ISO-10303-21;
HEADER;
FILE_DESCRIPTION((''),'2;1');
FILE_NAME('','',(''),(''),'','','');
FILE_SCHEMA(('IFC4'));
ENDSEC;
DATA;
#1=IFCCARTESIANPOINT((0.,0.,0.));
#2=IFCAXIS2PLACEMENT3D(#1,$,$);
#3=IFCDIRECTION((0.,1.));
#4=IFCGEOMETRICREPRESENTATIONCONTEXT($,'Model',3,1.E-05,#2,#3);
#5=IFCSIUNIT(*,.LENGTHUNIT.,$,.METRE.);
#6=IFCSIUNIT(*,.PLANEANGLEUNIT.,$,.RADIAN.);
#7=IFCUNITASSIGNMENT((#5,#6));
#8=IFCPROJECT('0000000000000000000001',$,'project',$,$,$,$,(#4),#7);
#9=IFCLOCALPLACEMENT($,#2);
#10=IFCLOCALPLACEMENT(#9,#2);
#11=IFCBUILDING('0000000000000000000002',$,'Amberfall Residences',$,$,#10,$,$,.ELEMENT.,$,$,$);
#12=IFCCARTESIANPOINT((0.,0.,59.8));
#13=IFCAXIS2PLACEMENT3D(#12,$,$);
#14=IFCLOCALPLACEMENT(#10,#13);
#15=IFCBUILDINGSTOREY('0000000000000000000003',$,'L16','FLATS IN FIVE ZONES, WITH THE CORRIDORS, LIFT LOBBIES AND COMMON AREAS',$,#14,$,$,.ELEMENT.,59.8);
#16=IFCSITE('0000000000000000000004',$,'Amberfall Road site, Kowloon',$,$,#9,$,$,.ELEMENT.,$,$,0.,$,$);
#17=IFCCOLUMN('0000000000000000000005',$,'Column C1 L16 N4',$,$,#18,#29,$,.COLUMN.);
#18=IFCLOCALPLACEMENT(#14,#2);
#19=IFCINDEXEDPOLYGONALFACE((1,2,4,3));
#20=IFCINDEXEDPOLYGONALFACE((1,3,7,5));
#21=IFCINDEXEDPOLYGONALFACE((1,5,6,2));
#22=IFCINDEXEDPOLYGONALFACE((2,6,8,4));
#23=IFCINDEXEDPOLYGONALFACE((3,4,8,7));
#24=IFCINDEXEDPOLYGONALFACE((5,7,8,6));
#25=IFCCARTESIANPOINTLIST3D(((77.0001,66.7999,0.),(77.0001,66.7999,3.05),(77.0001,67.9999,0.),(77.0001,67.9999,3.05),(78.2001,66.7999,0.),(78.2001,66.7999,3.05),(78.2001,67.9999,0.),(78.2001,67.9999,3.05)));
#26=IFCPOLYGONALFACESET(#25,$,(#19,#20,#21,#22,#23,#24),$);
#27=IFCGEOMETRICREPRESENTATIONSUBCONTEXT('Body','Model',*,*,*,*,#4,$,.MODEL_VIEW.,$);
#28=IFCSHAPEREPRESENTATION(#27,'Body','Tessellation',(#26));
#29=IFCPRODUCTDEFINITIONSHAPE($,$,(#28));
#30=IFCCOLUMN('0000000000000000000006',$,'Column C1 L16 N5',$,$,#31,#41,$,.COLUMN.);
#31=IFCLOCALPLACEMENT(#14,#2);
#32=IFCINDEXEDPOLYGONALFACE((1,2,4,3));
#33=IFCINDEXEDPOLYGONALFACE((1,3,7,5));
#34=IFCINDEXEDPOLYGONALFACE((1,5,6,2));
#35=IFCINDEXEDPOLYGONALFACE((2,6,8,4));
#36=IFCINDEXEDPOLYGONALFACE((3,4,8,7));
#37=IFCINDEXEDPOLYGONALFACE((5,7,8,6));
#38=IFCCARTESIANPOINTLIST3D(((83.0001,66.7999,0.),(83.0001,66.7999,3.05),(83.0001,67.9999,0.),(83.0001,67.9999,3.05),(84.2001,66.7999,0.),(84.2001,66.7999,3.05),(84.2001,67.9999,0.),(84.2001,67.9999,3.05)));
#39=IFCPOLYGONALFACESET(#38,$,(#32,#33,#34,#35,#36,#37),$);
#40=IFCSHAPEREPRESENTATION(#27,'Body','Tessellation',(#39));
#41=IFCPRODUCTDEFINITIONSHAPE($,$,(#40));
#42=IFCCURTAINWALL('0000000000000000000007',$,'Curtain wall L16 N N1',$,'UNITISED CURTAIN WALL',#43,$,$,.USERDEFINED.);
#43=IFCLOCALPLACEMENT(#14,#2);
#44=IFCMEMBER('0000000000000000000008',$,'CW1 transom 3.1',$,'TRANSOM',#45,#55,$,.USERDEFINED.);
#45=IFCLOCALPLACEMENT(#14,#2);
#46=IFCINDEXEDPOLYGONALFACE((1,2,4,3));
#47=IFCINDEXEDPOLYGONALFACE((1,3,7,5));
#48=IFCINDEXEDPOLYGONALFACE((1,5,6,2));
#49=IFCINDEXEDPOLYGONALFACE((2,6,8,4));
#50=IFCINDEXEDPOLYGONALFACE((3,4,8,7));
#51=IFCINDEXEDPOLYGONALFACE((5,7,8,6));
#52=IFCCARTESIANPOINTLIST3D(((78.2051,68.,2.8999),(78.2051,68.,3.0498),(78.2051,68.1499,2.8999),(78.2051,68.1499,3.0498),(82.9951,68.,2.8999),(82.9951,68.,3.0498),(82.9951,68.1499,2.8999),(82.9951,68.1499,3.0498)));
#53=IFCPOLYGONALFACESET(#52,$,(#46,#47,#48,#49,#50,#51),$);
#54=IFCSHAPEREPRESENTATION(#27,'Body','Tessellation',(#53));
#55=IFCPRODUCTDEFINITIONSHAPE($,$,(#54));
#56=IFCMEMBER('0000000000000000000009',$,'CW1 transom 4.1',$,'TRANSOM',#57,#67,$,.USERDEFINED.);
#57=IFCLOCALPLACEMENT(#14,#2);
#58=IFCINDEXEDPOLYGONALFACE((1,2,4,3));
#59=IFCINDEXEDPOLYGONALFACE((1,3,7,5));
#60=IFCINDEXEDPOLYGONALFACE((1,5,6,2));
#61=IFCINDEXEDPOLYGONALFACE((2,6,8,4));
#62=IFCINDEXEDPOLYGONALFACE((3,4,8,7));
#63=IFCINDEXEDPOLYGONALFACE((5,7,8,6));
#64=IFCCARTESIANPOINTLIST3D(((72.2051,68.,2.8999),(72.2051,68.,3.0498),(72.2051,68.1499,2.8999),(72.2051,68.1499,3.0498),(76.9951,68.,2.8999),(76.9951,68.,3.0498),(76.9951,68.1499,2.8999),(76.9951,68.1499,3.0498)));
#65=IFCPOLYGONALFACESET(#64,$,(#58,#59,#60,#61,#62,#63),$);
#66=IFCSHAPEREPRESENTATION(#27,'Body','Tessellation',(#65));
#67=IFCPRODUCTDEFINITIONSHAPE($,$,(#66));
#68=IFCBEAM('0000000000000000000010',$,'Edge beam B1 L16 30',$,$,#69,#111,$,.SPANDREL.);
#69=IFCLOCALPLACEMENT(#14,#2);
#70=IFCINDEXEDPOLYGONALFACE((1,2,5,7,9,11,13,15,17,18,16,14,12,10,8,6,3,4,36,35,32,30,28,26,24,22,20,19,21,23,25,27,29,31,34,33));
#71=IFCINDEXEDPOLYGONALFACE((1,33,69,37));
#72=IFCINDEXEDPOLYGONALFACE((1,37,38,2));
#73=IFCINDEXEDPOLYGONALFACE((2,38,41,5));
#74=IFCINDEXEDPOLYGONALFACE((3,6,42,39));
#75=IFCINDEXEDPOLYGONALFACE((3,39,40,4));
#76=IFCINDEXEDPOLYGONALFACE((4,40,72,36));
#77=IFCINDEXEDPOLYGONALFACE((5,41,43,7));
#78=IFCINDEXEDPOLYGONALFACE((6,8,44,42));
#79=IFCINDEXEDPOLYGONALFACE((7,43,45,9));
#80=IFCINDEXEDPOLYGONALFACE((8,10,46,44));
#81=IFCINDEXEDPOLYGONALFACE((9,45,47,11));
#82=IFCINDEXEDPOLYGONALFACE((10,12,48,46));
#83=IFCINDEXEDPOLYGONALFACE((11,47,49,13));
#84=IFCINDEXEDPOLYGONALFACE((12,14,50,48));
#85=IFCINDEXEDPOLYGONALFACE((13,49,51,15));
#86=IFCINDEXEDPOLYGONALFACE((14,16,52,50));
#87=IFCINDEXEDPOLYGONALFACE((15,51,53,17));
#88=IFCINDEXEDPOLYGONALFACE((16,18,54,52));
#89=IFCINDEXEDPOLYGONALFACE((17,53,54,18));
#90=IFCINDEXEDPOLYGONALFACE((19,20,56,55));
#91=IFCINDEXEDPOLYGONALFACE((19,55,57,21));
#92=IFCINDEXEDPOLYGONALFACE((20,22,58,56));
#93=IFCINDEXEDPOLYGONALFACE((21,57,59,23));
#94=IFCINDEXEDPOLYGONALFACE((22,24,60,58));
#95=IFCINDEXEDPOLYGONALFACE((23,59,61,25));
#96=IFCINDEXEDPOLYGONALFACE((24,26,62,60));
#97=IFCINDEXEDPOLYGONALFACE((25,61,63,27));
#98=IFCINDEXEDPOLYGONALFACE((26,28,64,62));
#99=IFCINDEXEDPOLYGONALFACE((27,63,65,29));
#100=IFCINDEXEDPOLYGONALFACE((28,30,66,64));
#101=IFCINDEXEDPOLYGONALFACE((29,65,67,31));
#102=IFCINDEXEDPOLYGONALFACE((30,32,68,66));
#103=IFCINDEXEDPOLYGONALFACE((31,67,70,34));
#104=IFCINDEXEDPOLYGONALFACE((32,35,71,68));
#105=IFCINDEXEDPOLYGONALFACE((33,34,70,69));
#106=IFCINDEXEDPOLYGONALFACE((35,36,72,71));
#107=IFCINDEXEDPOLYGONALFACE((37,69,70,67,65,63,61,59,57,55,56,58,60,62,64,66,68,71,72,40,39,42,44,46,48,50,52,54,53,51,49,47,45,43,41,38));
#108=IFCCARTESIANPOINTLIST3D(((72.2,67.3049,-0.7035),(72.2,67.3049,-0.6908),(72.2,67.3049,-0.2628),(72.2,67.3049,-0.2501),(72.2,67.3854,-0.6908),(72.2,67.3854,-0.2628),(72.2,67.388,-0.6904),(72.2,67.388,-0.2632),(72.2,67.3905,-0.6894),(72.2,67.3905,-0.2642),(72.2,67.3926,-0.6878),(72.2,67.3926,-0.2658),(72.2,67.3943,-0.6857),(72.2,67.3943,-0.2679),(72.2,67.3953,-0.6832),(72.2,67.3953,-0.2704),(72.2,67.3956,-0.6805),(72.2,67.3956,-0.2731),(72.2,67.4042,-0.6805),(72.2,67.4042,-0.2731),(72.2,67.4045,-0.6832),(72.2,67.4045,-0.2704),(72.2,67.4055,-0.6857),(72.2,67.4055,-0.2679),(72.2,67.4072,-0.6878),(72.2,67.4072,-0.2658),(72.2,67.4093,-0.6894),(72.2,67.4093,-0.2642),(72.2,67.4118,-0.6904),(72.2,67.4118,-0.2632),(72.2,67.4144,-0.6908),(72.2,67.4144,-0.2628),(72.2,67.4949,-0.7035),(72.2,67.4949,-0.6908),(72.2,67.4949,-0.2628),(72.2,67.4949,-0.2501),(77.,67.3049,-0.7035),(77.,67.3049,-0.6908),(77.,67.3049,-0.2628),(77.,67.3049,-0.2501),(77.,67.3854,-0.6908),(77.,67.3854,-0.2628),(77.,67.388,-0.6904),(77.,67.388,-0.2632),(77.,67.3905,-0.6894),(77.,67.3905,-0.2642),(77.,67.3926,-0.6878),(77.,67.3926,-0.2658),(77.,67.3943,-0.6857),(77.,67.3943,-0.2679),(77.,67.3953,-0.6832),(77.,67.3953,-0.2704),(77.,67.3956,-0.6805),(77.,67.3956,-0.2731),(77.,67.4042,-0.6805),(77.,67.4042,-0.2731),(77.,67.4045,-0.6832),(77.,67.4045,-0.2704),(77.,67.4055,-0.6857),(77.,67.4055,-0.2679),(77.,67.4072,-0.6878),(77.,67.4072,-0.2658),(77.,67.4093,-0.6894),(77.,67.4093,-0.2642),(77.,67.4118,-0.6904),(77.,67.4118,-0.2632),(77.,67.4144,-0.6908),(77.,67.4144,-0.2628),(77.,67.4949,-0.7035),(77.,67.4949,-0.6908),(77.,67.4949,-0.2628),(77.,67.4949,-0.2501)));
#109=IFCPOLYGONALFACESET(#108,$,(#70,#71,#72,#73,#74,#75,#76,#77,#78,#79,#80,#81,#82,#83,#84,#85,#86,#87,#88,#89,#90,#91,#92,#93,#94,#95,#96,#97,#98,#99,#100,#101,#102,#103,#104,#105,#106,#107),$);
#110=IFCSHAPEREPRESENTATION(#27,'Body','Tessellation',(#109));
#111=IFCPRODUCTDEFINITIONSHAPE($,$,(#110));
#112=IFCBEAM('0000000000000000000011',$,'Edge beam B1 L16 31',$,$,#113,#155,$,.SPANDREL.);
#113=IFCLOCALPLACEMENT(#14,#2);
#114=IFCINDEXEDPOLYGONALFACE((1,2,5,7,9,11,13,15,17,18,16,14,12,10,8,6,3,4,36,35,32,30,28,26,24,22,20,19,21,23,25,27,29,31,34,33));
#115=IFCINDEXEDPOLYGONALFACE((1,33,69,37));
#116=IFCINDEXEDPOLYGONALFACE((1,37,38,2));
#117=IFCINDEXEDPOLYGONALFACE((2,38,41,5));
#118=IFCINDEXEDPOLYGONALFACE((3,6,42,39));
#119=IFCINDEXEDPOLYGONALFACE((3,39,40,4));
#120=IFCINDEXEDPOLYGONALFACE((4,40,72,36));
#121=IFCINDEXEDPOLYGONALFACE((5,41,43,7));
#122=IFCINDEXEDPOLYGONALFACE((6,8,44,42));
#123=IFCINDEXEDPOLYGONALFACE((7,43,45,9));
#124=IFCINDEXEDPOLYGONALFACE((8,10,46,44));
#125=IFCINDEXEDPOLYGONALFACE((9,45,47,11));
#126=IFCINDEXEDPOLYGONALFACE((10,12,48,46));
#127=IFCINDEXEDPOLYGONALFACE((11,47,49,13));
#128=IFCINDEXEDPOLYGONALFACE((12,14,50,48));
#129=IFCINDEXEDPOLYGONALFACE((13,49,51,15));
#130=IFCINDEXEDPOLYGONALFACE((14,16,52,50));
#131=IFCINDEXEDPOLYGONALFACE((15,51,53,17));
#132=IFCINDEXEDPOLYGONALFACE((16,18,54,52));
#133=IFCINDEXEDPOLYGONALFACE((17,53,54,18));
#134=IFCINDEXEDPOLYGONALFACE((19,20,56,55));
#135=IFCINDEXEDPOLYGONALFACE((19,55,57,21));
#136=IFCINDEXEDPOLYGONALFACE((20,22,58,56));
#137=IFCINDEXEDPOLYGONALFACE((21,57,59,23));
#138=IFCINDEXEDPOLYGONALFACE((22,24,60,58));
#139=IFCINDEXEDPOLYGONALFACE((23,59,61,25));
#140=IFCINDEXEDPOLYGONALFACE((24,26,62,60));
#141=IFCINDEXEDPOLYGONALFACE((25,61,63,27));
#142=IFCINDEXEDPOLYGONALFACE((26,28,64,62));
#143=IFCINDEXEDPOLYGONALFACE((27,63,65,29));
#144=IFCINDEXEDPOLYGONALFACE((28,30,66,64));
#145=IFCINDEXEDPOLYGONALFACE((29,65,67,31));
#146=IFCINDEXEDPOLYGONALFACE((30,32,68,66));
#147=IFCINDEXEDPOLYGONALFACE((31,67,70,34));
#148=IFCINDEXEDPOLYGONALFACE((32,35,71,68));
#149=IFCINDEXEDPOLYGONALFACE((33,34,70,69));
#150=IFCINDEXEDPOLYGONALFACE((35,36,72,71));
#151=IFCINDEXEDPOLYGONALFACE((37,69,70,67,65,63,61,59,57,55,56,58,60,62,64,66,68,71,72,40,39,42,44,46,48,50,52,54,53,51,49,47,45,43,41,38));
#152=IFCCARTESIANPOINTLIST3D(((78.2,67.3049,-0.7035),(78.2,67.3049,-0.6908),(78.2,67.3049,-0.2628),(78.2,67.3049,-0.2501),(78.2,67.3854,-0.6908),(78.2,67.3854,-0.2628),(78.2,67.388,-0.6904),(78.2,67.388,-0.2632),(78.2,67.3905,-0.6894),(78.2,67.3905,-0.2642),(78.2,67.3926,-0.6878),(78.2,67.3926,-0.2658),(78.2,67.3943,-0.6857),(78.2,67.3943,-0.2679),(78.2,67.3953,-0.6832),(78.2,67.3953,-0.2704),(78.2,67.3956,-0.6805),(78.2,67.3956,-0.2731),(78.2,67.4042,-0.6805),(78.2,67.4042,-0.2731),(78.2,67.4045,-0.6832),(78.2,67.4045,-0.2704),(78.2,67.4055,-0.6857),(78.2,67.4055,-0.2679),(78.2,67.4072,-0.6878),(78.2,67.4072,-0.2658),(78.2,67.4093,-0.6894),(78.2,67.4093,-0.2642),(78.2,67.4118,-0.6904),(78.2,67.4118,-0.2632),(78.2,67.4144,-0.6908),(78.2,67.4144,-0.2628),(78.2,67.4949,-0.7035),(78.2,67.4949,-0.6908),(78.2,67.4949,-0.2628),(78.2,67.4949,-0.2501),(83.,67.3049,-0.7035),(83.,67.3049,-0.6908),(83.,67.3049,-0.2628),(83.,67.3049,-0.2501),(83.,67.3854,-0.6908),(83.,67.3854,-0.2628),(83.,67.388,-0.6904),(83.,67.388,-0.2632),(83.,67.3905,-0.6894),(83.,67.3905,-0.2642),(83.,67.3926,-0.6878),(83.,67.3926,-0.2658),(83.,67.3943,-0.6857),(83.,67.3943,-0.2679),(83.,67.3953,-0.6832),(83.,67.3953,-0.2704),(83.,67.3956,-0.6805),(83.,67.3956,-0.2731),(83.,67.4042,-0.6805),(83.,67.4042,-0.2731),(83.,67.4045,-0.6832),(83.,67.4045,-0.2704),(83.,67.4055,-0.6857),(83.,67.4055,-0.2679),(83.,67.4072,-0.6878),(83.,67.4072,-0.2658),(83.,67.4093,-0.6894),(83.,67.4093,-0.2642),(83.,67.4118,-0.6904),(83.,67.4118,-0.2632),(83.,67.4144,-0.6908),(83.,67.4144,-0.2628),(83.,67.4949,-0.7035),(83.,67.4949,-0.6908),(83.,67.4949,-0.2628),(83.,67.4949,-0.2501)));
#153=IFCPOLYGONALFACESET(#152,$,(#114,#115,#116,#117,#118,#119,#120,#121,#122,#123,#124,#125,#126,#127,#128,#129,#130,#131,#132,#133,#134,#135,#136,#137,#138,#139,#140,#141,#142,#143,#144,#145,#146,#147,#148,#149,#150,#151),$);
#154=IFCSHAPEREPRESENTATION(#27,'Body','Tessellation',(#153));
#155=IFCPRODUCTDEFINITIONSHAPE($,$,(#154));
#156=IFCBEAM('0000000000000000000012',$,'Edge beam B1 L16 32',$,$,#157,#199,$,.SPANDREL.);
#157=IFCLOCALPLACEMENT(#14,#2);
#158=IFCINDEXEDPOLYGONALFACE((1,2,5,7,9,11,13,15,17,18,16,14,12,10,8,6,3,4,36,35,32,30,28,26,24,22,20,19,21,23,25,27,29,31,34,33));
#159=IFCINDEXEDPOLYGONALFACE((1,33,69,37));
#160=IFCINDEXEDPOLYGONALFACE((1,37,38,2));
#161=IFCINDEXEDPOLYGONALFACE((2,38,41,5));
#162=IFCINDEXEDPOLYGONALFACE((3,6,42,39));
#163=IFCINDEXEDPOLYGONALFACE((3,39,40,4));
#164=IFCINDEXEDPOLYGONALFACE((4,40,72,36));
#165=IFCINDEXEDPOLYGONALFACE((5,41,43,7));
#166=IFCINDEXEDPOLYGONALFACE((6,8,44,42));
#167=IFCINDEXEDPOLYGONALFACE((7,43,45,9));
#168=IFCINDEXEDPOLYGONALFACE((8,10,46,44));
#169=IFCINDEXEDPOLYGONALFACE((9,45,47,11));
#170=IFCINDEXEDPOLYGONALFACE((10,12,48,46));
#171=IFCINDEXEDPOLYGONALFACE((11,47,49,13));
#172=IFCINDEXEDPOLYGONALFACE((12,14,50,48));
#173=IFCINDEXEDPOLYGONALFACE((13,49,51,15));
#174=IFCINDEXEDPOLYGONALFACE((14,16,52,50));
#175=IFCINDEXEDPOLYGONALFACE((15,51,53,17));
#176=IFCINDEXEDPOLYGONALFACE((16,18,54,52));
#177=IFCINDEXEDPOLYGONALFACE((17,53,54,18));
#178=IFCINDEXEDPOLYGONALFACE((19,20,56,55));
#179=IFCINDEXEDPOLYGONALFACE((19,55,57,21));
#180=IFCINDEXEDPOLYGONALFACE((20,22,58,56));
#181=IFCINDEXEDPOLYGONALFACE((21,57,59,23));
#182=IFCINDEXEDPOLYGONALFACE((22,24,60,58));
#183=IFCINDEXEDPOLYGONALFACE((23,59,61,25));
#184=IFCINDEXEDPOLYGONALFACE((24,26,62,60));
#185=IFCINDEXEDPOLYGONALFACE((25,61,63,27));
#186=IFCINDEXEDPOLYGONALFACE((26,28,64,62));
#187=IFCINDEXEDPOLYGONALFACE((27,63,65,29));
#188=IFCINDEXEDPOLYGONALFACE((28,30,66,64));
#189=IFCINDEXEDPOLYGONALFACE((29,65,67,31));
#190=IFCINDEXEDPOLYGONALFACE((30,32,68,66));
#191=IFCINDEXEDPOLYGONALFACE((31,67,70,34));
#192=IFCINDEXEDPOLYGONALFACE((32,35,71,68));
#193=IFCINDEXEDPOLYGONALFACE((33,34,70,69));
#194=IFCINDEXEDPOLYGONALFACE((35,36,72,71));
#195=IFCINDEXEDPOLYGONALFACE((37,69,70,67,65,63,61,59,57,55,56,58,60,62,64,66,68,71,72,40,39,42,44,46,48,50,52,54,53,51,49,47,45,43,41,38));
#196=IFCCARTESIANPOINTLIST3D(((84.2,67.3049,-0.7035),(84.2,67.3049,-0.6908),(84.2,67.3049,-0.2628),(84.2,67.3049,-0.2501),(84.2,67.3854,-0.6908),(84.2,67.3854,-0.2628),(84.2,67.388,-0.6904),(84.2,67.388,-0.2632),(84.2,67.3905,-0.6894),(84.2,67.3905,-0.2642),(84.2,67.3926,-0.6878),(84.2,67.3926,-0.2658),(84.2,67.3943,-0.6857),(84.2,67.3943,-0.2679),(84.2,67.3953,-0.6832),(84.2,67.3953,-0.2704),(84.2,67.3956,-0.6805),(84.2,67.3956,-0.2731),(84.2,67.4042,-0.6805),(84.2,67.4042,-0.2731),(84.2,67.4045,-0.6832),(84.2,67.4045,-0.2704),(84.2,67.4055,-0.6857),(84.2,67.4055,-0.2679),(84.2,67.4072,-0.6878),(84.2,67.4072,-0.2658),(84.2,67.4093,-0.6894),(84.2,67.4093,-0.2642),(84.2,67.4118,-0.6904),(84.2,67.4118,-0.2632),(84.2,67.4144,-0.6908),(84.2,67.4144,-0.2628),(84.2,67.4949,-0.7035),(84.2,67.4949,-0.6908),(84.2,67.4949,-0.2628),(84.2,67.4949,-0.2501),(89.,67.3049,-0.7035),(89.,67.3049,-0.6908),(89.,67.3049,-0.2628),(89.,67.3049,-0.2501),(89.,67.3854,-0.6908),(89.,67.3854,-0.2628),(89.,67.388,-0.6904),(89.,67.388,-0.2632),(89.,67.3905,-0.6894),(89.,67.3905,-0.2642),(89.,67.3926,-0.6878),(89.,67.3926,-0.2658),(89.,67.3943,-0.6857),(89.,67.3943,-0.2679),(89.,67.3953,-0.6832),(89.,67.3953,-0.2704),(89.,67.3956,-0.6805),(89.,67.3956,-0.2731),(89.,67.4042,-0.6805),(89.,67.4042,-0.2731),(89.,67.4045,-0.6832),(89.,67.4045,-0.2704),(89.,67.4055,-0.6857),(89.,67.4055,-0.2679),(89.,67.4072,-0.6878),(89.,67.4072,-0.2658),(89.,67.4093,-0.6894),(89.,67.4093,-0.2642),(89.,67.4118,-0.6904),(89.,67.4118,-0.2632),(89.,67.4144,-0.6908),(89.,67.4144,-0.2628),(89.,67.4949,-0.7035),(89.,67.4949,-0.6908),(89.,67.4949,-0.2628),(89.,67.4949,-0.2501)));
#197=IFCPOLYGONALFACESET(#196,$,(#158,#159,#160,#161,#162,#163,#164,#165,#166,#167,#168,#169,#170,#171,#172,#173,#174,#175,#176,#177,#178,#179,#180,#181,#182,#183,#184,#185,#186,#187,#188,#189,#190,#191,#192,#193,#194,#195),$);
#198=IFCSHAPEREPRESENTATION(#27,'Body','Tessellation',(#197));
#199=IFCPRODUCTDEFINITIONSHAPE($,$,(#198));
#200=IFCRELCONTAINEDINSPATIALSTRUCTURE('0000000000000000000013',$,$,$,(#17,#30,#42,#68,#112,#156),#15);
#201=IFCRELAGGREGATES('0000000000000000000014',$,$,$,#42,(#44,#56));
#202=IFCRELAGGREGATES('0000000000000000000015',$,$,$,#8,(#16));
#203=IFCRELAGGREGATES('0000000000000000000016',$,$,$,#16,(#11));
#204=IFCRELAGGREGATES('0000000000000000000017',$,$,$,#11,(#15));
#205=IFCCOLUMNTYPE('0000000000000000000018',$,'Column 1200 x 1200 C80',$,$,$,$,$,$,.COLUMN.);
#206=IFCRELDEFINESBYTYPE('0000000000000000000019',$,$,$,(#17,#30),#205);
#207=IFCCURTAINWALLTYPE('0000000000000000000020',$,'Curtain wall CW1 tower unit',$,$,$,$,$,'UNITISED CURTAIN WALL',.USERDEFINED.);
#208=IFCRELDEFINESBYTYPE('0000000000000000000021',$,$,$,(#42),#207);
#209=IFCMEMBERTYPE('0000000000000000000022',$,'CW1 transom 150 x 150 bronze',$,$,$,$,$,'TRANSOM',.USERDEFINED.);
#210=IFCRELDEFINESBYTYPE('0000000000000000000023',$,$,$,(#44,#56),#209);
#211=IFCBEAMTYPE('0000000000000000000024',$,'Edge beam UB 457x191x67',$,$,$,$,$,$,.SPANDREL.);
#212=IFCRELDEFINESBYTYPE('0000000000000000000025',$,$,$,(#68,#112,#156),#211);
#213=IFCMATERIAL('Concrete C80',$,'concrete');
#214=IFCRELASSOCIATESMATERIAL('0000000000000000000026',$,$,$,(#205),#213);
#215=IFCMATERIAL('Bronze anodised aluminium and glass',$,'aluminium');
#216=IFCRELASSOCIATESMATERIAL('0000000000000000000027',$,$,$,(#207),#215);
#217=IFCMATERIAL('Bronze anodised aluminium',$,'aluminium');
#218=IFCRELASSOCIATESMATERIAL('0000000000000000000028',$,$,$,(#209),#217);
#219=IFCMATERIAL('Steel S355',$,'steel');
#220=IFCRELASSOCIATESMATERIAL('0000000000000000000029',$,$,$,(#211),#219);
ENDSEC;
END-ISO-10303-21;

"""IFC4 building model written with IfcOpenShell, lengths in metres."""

from ifc_helpers import new_model, si_unit, direction, frame, origin, origin_2d, place, context, subcontext, project, spatial, rectangle, i_section, extrude, material, material_profile, profile_set, type_object, element, aggregate, save


model = new_model("IFC4")

# Units and contexts
model_context = context("Model", 3, precision=1e-05, world=origin(), true_north=direction((0.0, 1.0)))
body_context = subcontext(model_context, "Body", "Model", "MODEL_VIEW")
ifc_project = project(units=[si_unit("LENGTHUNIT", "METRE"), si_unit("PLANEANGLEUNIT", "RADIAN")], contexts=[model_context])

# Site, building, storey
site_placement = place(None, origin())
site = spatial("IfcSite", under=ifc_project, at=site_placement, Name="Amberfall Road site, Kowloon", CompositionType="ELEMENT", RefElevation=0.0)
building_placement = place(site_placement, origin())
building = spatial("IfcBuilding", under=site, at=building_placement, Name="Amberfall Residences", CompositionType="ELEMENT")
storey_placement = place(building_placement, frame((0.0, 0.0, 59.8)))
storey = spatial("IfcBuildingStorey", under=building, at=storey_placement, Name="L16", Description="FLATS IN FIVE ZONES, WITH THE CORRIDORS, LIFT LOBBIES AND COMMON AREAS", CompositionType="ELEMENT", Elevation=59.8)

# Columns
ifc_material_1 = material(Name="Concrete C80", Category="concrete")
ifc_material_profile_1 = material_profile(ifc_material_1, rectangle(XDim=1.2, YDim=1.2, at=origin_2d()), Name="Column 1200 x 1200 C80")
ifc_profile_set_1 = profile_set([ifc_material_profile_1], Name="Concrete C80")
column_type = type_object("IfcColumnType", Name="Column 1200 x 1200 C80", PredefinedType="COLUMN", material=ifc_profile_set_1)
for number, where, z_axis, x_axis, name in (
    (1, (77.6001, 67.3999, 0.0), (0.0, 0.0, 1.0), (1.0, 0.0, 0.0), "Column C1 L16 N4"),
    (2, (83.6001, 67.3999, 0.0), (0.0, 0.0, 1.0), (1.0, 0.0, 0.0), "Column C1 L16 N5"),
):
    element("IfcColumn", number, at=place(storey_placement, frame(where, z_axis=z_axis, x_axis=x_axis)), inside=storey, type_object=column_type, Name=name, PredefinedType="COLUMN", context=body_context, shape_type="SweptSolid", body=[
        extrude(rectangle(XDim=1.2, YDim=1.2, at=origin_2d()), origin(), (0.0, 0.0, 1.0), 3.05),
    ])

# Curtain wall, members
ifc_material_2 = material(Name="Bronze anodised aluminium and glass", Category="aluminium")
curtain_wall_type = type_object("IfcCurtainWallType", Name="Curtain wall CW1 tower unit", ElementType="UNITISED CURTAIN WALL", PredefinedType="USERDEFINED", material=ifc_material_2)
curtain_wall_placement = place(storey_placement, origin())
curtain_wall = element("IfcCurtainWall", 3, at=curtain_wall_placement, inside=storey, type_object=curtain_wall_type, Name="Curtain wall L16 N N1", ObjectType="UNITISED CURTAIN WALL", PredefinedType="USERDEFINED")
ifc_material_3 = material(Name="Bronze anodised aluminium", Category="aluminium")
ifc_material_profile_2 = material_profile(ifc_material_3, rectangle(XDim=0.1499, YDim=0.1499, at=origin_2d()), Name="CW1 transom 150 x 150 bronze")
ifc_profile_set_2 = profile_set([ifc_material_profile_2], Name="Bronze anodised aluminium")
member_type_1 = type_object("IfcMemberType", Name="CW1 transom 150 x 150 bronze", ElementType="TRANSOM", PredefinedType="USERDEFINED", material=ifc_profile_set_2)
member_1_placement = place(storey_placement, frame((82.9951, 68.075, 2.9749), z_axis=(-1.0, 0.0, 0.0), x_axis=(0.0, -1.0, 0.0)))
member_1 = element("IfcMember", 4, at=member_1_placement, type_object=member_type_1, Name="CW1 transom 3.1", ObjectType="TRANSOM", PredefinedType="USERDEFINED", context=body_context, shape_type="SweptSolid", body=[
    extrude(rectangle(XDim=0.1499, YDim=0.1499, at=origin_2d()), origin(), (0.0, 0.0, 1.0), 4.79),
])
member_2_placement = place(storey_placement, frame((76.9951, 68.075, 2.9749), z_axis=(-1.0, 0.0, 0.0), x_axis=(0.0, -1.0, 0.0)))
member_2 = element("IfcMember", 5, at=member_2_placement, type_object=member_type_1, Name="CW1 transom 4.1", ObjectType="TRANSOM", PredefinedType="USERDEFINED", context=body_context, shape_type="SweptSolid", body=[
    extrude(rectangle(XDim=0.1499, YDim=0.1499, at=origin_2d()), origin(), (0.0, 0.0, 1.0), 4.79),
])

# Beams
ifc_material_4 = material(Name="Steel S355", Category="steel")
ifc_material_profile_3 = material_profile(ifc_material_4, i_section(OverallWidth=0.1899, OverallDepth=0.4534, WebThickness=0.0085, FlangeThickness=0.0127, FilletRadius=0.0103, at=origin_2d()), Name="UB 457x191x67")
ifc_profile_set_3 = profile_set([ifc_material_profile_3], Name="Steel S355")
beam_type_1 = type_object("IfcBeamType", Name="Edge beam UB 457x191x67", PredefinedType="SPANDREL", material=ifc_profile_set_3)
for number, where, z_axis, x_axis, name in (
    (6, (72.2, 67.3999, -0.4768), (1.0, 0.0, 0.0), (0.0, 1.0, 0.0), "Edge beam B1 L16 30"),
    (7, (78.2, 67.3999, -0.4768), (1.0, 0.0, 0.0), (0.0, 1.0, 0.0), "Edge beam B1 L16 31"),
    (8, (84.2, 67.3999, -0.4768), (1.0, 0.0, 0.0), (0.0, 1.0, 0.0), "Edge beam B1 L16 32"),
):
    element("IfcBeam", number, at=place(storey_placement, frame(where, z_axis=z_axis, x_axis=x_axis)), inside=storey, type_object=beam_type_1, Name=name, PredefinedType="SPANDREL", context=body_context, shape_type="SweptSolid", body=[
        extrude(i_section(OverallWidth=0.1899, OverallDepth=0.4534, WebThickness=0.0085, FlangeThickness=0.0127, FilletRadius=0.0103, at=origin_2d()), origin(), (0.0, 0.0, 1.0), 4.8),
    ])

aggregate(curtain_wall, [member_1, member_2])

save(model, "model.ifc")
